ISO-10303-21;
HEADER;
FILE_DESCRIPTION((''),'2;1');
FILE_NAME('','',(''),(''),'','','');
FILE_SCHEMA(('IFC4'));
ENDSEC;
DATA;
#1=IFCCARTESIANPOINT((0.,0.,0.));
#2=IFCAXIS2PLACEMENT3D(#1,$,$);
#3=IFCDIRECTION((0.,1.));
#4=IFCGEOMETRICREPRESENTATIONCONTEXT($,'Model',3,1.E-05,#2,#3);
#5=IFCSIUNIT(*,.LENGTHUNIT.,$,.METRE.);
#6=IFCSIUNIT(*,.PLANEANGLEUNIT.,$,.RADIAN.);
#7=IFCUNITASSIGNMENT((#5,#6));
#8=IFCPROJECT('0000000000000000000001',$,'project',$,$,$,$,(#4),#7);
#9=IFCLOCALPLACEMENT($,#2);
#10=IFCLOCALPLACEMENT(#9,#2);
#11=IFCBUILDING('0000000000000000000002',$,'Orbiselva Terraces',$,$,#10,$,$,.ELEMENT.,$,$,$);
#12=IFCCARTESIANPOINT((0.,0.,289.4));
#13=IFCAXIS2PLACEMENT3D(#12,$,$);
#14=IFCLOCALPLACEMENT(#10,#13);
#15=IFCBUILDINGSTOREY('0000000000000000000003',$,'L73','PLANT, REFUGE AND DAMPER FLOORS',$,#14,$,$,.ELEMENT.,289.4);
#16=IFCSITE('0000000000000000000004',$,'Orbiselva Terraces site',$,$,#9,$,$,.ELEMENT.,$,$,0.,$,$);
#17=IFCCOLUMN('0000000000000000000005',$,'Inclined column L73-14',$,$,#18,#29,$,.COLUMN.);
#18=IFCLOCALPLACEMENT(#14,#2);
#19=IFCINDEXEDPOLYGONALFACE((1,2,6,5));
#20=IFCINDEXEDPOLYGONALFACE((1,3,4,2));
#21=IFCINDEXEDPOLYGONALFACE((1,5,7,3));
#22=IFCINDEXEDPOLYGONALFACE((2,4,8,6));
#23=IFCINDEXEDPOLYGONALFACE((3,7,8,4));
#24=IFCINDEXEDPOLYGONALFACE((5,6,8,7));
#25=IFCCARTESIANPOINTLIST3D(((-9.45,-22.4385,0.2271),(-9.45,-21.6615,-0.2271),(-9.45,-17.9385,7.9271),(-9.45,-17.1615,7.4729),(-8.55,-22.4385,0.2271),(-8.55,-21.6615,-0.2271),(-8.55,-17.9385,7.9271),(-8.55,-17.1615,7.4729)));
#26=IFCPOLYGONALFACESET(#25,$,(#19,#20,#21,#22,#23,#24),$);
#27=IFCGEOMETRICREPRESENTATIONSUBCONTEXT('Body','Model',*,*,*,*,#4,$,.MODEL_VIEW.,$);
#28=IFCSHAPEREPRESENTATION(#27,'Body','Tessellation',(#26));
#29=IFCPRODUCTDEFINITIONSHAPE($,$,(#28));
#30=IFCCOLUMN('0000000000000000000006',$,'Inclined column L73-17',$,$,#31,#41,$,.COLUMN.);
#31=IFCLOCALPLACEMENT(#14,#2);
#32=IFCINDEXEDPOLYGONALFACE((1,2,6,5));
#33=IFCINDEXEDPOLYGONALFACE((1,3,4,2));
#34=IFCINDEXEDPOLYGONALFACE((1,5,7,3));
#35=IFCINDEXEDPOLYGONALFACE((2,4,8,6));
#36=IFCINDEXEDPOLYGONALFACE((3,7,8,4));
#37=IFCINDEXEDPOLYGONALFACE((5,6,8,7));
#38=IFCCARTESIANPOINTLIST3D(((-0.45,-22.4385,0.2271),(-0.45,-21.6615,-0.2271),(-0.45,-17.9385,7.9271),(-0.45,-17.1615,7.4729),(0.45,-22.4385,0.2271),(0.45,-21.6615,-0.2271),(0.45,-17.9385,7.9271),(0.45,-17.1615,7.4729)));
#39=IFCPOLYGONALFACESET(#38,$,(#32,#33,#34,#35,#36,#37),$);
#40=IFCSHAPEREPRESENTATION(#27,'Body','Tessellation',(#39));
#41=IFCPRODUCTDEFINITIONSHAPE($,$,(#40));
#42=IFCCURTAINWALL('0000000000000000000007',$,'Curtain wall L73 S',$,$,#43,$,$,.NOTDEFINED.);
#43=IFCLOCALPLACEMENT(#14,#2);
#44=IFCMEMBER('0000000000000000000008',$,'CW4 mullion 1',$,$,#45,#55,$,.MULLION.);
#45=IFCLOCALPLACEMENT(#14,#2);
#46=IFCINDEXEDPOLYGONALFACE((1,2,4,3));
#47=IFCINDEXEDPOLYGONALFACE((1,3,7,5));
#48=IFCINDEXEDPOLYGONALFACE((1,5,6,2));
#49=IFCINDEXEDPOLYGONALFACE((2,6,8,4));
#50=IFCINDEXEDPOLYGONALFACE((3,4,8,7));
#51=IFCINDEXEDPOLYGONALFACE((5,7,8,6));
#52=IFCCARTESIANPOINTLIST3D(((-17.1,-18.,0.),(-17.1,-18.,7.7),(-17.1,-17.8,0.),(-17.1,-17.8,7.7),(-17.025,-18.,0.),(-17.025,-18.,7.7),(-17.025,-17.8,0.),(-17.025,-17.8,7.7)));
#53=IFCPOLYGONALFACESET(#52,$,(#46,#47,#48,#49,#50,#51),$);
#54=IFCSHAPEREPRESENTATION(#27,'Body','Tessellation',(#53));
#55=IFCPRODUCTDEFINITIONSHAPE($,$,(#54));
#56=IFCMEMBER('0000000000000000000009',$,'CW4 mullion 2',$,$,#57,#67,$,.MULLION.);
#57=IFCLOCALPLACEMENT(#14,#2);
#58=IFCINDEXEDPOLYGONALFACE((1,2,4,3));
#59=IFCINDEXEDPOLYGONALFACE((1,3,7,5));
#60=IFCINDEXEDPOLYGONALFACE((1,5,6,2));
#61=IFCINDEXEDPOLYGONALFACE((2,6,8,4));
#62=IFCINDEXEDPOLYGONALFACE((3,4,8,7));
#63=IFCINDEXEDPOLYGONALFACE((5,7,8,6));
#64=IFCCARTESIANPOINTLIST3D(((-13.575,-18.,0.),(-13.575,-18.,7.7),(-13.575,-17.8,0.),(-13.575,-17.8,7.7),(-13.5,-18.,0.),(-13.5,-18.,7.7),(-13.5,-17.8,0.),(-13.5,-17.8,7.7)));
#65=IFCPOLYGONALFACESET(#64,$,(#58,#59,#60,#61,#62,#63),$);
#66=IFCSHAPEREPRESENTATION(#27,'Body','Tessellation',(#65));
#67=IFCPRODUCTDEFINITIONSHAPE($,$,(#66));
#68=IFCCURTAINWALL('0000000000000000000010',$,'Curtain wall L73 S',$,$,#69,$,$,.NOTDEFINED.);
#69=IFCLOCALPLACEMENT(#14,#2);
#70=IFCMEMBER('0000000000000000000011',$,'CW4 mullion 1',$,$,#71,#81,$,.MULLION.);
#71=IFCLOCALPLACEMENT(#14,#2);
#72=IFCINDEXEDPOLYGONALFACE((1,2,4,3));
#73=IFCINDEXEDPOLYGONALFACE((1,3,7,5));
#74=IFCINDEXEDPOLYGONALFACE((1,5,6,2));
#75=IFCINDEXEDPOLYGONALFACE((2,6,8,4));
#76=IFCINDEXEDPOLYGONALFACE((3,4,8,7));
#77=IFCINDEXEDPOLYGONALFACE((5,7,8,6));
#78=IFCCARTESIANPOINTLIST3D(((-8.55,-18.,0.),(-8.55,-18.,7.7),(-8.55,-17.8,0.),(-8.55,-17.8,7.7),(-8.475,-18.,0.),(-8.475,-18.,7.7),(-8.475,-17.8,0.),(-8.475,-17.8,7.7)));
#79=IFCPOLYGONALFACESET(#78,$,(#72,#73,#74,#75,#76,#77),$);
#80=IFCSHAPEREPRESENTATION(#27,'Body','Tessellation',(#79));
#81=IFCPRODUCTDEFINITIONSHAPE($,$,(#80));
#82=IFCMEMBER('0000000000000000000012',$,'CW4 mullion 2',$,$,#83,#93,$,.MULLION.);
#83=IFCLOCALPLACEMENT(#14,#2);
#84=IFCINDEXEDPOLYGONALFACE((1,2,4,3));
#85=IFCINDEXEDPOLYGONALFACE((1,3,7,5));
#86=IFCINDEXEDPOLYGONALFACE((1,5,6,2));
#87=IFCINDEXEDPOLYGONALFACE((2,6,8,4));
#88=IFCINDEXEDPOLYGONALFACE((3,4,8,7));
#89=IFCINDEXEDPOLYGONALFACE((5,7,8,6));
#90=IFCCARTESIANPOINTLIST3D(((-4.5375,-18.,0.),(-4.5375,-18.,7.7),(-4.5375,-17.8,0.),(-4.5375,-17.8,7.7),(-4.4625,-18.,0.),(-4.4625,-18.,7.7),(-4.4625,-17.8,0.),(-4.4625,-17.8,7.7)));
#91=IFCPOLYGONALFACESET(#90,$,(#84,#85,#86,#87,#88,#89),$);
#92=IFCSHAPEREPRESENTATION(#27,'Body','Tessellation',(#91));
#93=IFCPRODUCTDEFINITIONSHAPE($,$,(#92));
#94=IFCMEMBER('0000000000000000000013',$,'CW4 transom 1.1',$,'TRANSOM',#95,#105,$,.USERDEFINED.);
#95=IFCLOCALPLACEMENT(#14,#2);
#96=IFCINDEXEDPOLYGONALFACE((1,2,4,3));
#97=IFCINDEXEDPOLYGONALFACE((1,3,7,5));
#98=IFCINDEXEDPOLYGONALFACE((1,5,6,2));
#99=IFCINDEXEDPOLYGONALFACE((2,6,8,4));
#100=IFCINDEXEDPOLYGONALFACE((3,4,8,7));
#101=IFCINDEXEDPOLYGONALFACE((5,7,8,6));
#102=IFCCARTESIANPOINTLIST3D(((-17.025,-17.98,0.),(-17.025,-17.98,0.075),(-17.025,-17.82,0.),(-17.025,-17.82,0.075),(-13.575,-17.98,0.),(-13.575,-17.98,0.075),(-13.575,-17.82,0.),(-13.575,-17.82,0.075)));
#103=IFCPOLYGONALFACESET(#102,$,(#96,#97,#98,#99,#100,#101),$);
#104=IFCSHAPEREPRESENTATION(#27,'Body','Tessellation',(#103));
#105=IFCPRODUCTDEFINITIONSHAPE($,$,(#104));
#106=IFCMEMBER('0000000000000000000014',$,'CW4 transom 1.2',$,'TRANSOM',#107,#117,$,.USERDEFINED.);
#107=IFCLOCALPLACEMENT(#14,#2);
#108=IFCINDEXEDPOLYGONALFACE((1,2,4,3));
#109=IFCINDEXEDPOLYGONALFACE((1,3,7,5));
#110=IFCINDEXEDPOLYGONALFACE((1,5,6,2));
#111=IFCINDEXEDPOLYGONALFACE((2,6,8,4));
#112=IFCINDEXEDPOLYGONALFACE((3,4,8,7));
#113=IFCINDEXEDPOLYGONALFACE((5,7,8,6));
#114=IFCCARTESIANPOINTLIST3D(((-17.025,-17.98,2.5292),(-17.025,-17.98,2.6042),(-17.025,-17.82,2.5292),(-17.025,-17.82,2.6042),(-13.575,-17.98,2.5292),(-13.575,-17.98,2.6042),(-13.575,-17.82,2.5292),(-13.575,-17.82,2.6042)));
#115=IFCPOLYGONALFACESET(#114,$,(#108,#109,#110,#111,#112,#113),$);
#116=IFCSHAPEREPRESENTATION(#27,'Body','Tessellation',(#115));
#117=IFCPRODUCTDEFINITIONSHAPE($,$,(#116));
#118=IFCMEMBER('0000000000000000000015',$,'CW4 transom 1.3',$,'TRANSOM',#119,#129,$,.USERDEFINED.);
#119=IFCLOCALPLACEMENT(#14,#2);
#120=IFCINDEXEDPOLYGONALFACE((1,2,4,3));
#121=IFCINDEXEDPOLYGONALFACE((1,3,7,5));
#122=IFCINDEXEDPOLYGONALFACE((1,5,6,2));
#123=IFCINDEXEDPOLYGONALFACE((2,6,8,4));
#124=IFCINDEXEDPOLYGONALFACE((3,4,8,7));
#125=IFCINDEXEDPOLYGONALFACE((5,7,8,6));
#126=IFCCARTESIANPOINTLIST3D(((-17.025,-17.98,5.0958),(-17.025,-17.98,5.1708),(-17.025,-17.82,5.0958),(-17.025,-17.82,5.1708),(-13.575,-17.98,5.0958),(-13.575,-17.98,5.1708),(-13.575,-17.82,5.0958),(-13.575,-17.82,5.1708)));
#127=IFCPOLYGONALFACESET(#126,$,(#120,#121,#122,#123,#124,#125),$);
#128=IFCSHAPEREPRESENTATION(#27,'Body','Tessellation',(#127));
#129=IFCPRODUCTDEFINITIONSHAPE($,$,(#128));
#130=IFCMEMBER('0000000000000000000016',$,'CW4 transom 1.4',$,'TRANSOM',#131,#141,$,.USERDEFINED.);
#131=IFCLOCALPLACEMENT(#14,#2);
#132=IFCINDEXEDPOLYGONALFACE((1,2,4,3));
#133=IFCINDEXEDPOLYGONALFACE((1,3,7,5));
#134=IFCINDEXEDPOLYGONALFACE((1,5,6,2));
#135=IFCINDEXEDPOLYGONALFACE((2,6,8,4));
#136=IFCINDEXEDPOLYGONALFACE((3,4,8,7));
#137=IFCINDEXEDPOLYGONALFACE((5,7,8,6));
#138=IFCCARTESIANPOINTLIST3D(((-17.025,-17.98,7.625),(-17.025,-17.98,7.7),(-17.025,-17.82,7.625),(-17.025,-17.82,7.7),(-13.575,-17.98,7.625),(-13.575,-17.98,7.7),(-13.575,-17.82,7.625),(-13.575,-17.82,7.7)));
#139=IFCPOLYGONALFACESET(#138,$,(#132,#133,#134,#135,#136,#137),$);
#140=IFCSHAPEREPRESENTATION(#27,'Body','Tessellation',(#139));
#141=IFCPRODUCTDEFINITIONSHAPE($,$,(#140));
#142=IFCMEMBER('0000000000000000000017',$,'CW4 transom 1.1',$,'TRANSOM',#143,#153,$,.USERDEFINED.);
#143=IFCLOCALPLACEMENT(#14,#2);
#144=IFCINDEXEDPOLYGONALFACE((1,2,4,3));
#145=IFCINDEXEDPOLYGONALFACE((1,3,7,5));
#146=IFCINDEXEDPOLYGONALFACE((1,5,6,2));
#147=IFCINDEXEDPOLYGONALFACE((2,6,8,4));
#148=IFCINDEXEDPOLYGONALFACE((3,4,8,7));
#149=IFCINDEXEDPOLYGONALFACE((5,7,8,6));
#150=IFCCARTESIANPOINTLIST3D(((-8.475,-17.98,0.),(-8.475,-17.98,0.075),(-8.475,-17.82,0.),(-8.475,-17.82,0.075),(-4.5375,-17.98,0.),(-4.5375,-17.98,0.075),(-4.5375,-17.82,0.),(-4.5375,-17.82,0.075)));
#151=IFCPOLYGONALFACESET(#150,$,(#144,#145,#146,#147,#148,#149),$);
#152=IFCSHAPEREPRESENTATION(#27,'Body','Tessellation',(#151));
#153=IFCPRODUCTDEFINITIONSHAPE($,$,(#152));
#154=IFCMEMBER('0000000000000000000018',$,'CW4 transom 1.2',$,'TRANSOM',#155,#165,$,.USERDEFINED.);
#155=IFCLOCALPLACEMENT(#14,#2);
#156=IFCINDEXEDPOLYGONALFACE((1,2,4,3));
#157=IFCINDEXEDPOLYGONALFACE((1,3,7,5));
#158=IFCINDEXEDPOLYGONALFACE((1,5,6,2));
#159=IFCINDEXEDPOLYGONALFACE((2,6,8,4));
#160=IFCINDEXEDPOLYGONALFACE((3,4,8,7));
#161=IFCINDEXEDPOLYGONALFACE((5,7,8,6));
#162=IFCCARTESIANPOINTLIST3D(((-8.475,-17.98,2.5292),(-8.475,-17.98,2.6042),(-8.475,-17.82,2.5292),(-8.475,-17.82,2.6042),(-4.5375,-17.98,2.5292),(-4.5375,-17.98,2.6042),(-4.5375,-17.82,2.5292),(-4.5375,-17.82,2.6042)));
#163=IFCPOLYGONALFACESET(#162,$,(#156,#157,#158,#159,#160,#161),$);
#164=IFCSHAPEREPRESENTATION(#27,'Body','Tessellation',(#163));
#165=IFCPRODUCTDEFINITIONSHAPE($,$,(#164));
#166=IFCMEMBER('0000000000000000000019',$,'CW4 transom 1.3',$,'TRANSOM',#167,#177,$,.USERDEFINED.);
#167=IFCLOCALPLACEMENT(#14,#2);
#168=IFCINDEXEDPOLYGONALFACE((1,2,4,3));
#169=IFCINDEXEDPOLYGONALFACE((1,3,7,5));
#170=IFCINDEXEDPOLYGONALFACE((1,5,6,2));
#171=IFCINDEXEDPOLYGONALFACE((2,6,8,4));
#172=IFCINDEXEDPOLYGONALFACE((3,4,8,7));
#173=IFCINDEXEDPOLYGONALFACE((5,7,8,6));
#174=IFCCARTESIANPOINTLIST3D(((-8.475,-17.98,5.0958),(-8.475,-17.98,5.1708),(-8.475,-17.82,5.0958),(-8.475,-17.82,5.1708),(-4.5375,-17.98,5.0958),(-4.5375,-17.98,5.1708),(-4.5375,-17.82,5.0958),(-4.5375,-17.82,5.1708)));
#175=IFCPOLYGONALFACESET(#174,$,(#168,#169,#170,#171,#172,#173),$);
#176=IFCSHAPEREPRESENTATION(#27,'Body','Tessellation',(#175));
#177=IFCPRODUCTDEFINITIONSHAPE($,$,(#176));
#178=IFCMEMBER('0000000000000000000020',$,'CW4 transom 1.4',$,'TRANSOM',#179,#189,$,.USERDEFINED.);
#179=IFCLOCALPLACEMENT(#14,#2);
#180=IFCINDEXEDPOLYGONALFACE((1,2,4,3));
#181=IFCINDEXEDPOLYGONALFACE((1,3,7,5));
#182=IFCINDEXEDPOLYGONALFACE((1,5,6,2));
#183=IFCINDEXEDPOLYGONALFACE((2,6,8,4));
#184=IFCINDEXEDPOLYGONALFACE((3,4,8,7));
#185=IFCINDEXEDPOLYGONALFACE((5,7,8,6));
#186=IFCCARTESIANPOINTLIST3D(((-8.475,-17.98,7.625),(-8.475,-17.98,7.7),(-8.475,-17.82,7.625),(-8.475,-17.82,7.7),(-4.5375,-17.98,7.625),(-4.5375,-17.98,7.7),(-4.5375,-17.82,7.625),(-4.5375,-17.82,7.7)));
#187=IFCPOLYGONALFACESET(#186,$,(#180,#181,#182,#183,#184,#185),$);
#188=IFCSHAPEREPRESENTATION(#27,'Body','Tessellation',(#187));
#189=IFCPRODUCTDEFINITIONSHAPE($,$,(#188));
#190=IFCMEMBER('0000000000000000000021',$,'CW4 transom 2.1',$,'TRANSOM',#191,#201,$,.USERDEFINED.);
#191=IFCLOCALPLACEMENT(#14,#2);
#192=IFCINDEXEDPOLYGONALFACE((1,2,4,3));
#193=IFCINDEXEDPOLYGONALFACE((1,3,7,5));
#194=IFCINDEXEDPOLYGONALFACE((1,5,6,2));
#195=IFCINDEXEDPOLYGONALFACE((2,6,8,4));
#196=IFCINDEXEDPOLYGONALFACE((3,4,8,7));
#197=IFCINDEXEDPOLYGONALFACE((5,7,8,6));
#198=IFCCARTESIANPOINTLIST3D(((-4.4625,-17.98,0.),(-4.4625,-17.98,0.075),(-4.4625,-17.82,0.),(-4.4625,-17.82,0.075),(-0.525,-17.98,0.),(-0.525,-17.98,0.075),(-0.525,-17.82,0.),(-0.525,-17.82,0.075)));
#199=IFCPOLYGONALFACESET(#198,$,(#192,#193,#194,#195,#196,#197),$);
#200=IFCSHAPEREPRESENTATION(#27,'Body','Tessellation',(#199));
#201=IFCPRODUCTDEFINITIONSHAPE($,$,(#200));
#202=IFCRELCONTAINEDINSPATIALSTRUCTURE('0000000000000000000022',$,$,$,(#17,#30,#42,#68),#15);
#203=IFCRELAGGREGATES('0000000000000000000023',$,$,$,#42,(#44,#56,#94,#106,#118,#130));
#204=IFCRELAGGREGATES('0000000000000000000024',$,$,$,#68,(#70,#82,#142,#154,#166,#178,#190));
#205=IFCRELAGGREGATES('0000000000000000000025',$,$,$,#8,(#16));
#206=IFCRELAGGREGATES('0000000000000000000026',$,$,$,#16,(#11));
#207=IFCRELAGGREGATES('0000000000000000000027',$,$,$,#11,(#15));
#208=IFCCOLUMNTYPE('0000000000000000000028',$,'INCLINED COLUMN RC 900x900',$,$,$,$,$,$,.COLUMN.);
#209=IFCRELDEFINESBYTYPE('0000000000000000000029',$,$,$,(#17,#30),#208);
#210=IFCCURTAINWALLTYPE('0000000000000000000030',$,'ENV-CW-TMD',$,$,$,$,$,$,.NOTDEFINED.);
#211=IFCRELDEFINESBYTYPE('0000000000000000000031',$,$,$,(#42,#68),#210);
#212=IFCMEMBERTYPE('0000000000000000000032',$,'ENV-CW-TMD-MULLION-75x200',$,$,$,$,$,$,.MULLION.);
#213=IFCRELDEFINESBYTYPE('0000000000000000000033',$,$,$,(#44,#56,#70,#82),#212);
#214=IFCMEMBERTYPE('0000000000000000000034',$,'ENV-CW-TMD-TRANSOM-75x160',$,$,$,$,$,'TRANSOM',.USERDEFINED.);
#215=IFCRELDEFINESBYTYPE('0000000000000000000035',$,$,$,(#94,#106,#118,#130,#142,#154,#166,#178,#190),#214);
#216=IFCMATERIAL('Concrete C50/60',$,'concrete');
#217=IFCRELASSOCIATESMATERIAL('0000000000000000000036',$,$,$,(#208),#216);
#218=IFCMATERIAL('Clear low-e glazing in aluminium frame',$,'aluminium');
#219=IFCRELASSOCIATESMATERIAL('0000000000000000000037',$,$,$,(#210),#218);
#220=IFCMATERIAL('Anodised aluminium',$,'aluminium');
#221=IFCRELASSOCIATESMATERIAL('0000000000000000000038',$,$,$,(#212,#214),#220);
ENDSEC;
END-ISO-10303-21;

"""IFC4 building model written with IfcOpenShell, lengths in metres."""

from ifc_helpers import new_model, si_unit, direction, frame, origin, origin_2d, place, context, subcontext, project, spatial, rectangle, extrude, material, material_profile, profile_set, type_object, element, aggregate, save


model = new_model("IFC4")

# Units and contexts
model_context = context("Model", 3, precision=1e-05, world=origin(), true_north=direction((0.0, 1.0)))
body_context = subcontext(model_context, "Body", "Model", "MODEL_VIEW")
ifc_project = project(units=[si_unit("LENGTHUNIT", "METRE"), si_unit("PLANEANGLEUNIT", "RADIAN")], contexts=[model_context])

# Site, building, storey
site_placement = place(None, origin())
site = spatial("IfcSite", under=ifc_project, at=site_placement, Name="Orbiselva Terraces site", CompositionType="ELEMENT", RefElevation=0.0)
building_placement = place(site_placement, origin())
building = spatial("IfcBuilding", under=site, at=building_placement, Name="Orbiselva Terraces", CompositionType="ELEMENT")
storey_placement = place(building_placement, frame((0.0, 0.0, 289.4)))
storey = spatial("IfcBuildingStorey", under=building, at=storey_placement, Name="L73", Description="PLANT, REFUGE AND DAMPER FLOORS", CompositionType="ELEMENT", Elevation=289.4)

# Columns
ifc_material_1 = material(Name="Concrete C50/60", Category="concrete")
ifc_material_profile_1 = material_profile(ifc_material_1, rectangle(XDim=0.9, YDim=0.9, at=origin_2d()), Name="RC 900x900")
ifc_profile_set_1 = profile_set([ifc_material_profile_1], Name="Concrete C50/60")
column_type = type_object("IfcColumnType", Name="INCLINED COLUMN RC 900x900", PredefinedType="COLUMN", material=ifc_profile_set_1)
for number, where, z_axis, x_axis, name in (
    (1, (-9.0, -22.05, 0.0), (0.0, 0.504568, 0.863372), (-1.0, 0.0, 0.0), "Inclined column L73-14"),
    (2, (0.0, -22.05, 0.0), (0.0, 0.504568, 0.863372), (-1.0, 0.0, 0.0), "Inclined column L73-17"),
):
    element("IfcColumn", number, at=place(storey_placement, frame(where, z_axis=z_axis, x_axis=x_axis)), inside=storey, type_object=column_type, Name=name, PredefinedType="COLUMN", context=body_context, shape_type="SweptSolid", body=[
        extrude(rectangle(XDim=0.9, YDim=0.9, at=origin_2d()), origin(), (0.0, 0.0, 1.0), 8.9185),
    ])

# Curtain walls, members
ifc_material_2 = material(Name="Clear low-e glazing in aluminium frame", Category="aluminium")
curtain_wall_type = type_object("IfcCurtainWallType", Name="ENV-CW-TMD", PredefinedType="NOTDEFINED", material=ifc_material_2)
curtain_wall_1_placement = place(storey_placement, origin())
curtain_wall_1 = element("IfcCurtainWall", 3, at=curtain_wall_1_placement, inside=storey, type_object=curtain_wall_type, Name="Curtain wall L73 S", PredefinedType="NOTDEFINED")
ifc_material_3 = material(Name="Anodised aluminium", Category="aluminium")
ifc_material_profile_2 = material_profile(ifc_material_3, rectangle(XDim=0.2, YDim=0.075, at=origin_2d()), Name="AL 75x200")
ifc_profile_set_2 = profile_set([ifc_material_profile_2], Name="Anodised aluminium")
member_type_1 = type_object("IfcMemberType", Name="ENV-CW-TMD-MULLION-75x200", PredefinedType="MULLION", material=ifc_profile_set_2)
member_1_placement = place(storey_placement, frame((-17.0625, -17.9, 0.0), z_axis=(0.0, 0.0, 1.0), x_axis=(0.0, 1.0, 0.0)))
member_1 = element("IfcMember", 4, at=member_1_placement, type_object=member_type_1, Name="CW4 mullion 1", PredefinedType="MULLION", context=body_context, shape_type="SweptSolid", body=[
    extrude(rectangle(XDim=0.2, YDim=0.075, at=origin_2d()), origin(), (0.0, 0.0, 1.0), 7.7),
])
member_2_placement = place(storey_placement, frame((-13.5375, -17.9, 0.0), z_axis=(0.0, 0.0, 1.0), x_axis=(0.0, 1.0, 0.0)))
member_2 = element("IfcMember", 5, at=member_2_placement, type_object=member_type_1, Name="CW4 mullion 2", PredefinedType="MULLION", context=body_context, shape_type="SweptSolid", body=[
    extrude(rectangle(XDim=0.2, YDim=0.075, at=origin_2d()), origin(), (0.0, 0.0, 1.0), 7.7),
])
curtain_wall_2_placement = place(storey_placement, origin())
curtain_wall_2 = element("IfcCurtainWall", 6, at=curtain_wall_2_placement, inside=storey, type_object=curtain_wall_type, Name="Curtain wall L73 S", PredefinedType="NOTDEFINED")
member_3_placement = place(storey_placement, frame((-8.5125, -17.9, 0.0), z_axis=(0.0, 0.0, 1.0), x_axis=(0.0, 1.0, 0.0)))
member_3 = element("IfcMember", 7, at=member_3_placement, type_object=member_type_1, Name="CW4 mullion 1", PredefinedType="MULLION", context=body_context, shape_type="SweptSolid", body=[
    extrude(rectangle(XDim=0.2, YDim=0.075, at=origin_2d()), origin(), (0.0, 0.0, 1.0), 7.7),
])
member_4_placement = place(storey_placement, frame((-4.5, -17.9, 0.0), z_axis=(0.0, 0.0, 1.0), x_axis=(0.0, 1.0, 0.0)))
member_4 = element("IfcMember", 8, at=member_4_placement, type_object=member_type_1, Name="CW4 mullion 2", PredefinedType="MULLION", context=body_context, shape_type="SweptSolid", body=[
    extrude(rectangle(XDim=0.2, YDim=0.075, at=origin_2d()), origin(), (0.0, 0.0, 1.0), 7.7),
])

# Members
ifc_material_profile_3 = material_profile(ifc_material_3, rectangle(XDim=0.16, YDim=0.075, at=origin_2d()), Name="AL 75x160")
ifc_profile_set_3 = profile_set([ifc_material_profile_3], Name="Anodised aluminium")
member_type_2 = type_object("IfcMemberType", Name="ENV-CW-TMD-TRANSOM-75x160", ElementType="TRANSOM", PredefinedType="USERDEFINED", material=ifc_profile_set_3)
member_5_placement = place(storey_placement, frame((-17.025, -17.9, 0.0375), z_axis=(1.0, 0.0, 0.0), x_axis=(0.0, 1.0, 0.0)))
member_5 = element("IfcMember", 9, at=member_5_placement, type_object=member_type_2, Name="CW4 transom 1.1", ObjectType="TRANSOM", PredefinedType="USERDEFINED", context=body_context, shape_type="SweptSolid", body=[
    extrude(rectangle(XDim=0.16, YDim=0.075, at=origin_2d()), origin(), (0.0, 0.0, 1.0), 3.45),
])
member_6_placement = place(storey_placement, frame((-17.025, -17.9, 2.5667), z_axis=(1.0, 0.0, 0.0), x_axis=(0.0, 1.0, 0.0)))
member_6 = element("IfcMember", 10, at=member_6_placement, type_object=member_type_2, Name="CW4 transom 1.2", ObjectType="TRANSOM", PredefinedType="USERDEFINED", context=body_context, shape_type="SweptSolid", body=[
    extrude(rectangle(XDim=0.16, YDim=0.075, at=origin_2d()), origin(), (0.0, 0.0, 1.0), 3.45),
])
member_7_placement = place(storey_placement, frame((-17.025, -17.9, 5.1333), z_axis=(1.0, 0.0, 0.0), x_axis=(0.0, 1.0, 0.0)))
member_7 = element("IfcMember", 11, at=member_7_placement, type_object=member_type_2, Name="CW4 transom 1.3", ObjectType="TRANSOM", PredefinedType="USERDEFINED", context=body_context, shape_type="SweptSolid", body=[
    extrude(rectangle(XDim=0.16, YDim=0.075, at=origin_2d()), origin(), (0.0, 0.0, 1.0), 3.45),
])
member_8_placement = place(storey_placement, frame((-17.025, -17.9, 7.6625), z_axis=(1.0, 0.0, 0.0), x_axis=(0.0, 1.0, 0.0)))
member_8 = element("IfcMember", 12, at=member_8_placement, type_object=member_type_2, Name="CW4 transom 1.4", ObjectType="TRANSOM", PredefinedType="USERDEFINED", context=body_context, shape_type="SweptSolid", body=[
    extrude(rectangle(XDim=0.16, YDim=0.075, at=origin_2d()), origin(), (0.0, 0.0, 1.0), 3.45),
])
member_9_placement = place(storey_placement, frame((-8.475, -17.9, 0.0375), z_axis=(1.0, 0.0, 0.0), x_axis=(0.0, 1.0, 0.0)))
member_9 = element("IfcMember", 13, at=member_9_placement, type_object=member_type_2, Name="CW4 transom 1.1", ObjectType="TRANSOM", PredefinedType="USERDEFINED", context=body_context, shape_type="SweptSolid", body=[
    extrude(rectangle(XDim=0.16, YDim=0.075, at=origin_2d()), origin(), (0.0, 0.0, 1.0), 3.9375),
])
member_10_placement = place(storey_placement, frame((-8.475, -17.9, 2.5667), z_axis=(1.0, 0.0, 0.0), x_axis=(0.0, 1.0, 0.0)))
member_10 = element("IfcMember", 14, at=member_10_placement, type_object=member_type_2, Name="CW4 transom 1.2", ObjectType="TRANSOM", PredefinedType="USERDEFINED", context=body_context, shape_type="SweptSolid", body=[
    extrude(rectangle(XDim=0.16, YDim=0.075, at=origin_2d()), origin(), (0.0, 0.0, 1.0), 3.9375),
])
member_11_placement = place(storey_placement, frame((-8.475, -17.9, 5.1333), z_axis=(1.0, 0.0, 0.0), x_axis=(0.0, 1.0, 0.0)))
member_11 = element("IfcMember", 15, at=member_11_placement, type_object=member_type_2, Name="CW4 transom 1.3", ObjectType="TRANSOM", PredefinedType="USERDEFINED", context=body_context, shape_type="SweptSolid", body=[
    extrude(rectangle(XDim=0.16, YDim=0.075, at=origin_2d()), origin(), (0.0, 0.0, 1.0), 3.9375),
])
member_12_placement = place(storey_placement, frame((-8.475, -17.9, 7.6625), z_axis=(1.0, 0.0, 0.0), x_axis=(0.0, 1.0, 0.0)))
member_12 = element("IfcMember", 16, at=member_12_placement, type_object=member_type_2, Name="CW4 transom 1.4", ObjectType="TRANSOM", PredefinedType="USERDEFINED", context=body_context, shape_type="SweptSolid", body=[
    extrude(rectangle(XDim=0.16, YDim=0.075, at=origin_2d()), origin(), (0.0, 0.0, 1.0), 3.9375),
])
member_13_placement = place(storey_placement, frame((-4.4625, -17.9, 0.0375), z_axis=(1.0, 0.0, 0.0), x_axis=(0.0, 1.0, 0.0)))
member_13 = element("IfcMember", 17, at=member_13_placement, type_object=member_type_2, Name="CW4 transom 2.1", ObjectType="TRANSOM", PredefinedType="USERDEFINED", context=body_context, shape_type="SweptSolid", body=[
    extrude(rectangle(XDim=0.16, YDim=0.075, at=origin_2d()), origin(), (0.0, 0.0, 1.0), 3.9375),
])

aggregate(curtain_wall_1, [member_1, member_2, member_5, member_6, member_7, member_8])
aggregate(curtain_wall_2, [member_3, member_4, member_9, member_10, member_11, member_12, member_13])

save(model, "model.ifc")
